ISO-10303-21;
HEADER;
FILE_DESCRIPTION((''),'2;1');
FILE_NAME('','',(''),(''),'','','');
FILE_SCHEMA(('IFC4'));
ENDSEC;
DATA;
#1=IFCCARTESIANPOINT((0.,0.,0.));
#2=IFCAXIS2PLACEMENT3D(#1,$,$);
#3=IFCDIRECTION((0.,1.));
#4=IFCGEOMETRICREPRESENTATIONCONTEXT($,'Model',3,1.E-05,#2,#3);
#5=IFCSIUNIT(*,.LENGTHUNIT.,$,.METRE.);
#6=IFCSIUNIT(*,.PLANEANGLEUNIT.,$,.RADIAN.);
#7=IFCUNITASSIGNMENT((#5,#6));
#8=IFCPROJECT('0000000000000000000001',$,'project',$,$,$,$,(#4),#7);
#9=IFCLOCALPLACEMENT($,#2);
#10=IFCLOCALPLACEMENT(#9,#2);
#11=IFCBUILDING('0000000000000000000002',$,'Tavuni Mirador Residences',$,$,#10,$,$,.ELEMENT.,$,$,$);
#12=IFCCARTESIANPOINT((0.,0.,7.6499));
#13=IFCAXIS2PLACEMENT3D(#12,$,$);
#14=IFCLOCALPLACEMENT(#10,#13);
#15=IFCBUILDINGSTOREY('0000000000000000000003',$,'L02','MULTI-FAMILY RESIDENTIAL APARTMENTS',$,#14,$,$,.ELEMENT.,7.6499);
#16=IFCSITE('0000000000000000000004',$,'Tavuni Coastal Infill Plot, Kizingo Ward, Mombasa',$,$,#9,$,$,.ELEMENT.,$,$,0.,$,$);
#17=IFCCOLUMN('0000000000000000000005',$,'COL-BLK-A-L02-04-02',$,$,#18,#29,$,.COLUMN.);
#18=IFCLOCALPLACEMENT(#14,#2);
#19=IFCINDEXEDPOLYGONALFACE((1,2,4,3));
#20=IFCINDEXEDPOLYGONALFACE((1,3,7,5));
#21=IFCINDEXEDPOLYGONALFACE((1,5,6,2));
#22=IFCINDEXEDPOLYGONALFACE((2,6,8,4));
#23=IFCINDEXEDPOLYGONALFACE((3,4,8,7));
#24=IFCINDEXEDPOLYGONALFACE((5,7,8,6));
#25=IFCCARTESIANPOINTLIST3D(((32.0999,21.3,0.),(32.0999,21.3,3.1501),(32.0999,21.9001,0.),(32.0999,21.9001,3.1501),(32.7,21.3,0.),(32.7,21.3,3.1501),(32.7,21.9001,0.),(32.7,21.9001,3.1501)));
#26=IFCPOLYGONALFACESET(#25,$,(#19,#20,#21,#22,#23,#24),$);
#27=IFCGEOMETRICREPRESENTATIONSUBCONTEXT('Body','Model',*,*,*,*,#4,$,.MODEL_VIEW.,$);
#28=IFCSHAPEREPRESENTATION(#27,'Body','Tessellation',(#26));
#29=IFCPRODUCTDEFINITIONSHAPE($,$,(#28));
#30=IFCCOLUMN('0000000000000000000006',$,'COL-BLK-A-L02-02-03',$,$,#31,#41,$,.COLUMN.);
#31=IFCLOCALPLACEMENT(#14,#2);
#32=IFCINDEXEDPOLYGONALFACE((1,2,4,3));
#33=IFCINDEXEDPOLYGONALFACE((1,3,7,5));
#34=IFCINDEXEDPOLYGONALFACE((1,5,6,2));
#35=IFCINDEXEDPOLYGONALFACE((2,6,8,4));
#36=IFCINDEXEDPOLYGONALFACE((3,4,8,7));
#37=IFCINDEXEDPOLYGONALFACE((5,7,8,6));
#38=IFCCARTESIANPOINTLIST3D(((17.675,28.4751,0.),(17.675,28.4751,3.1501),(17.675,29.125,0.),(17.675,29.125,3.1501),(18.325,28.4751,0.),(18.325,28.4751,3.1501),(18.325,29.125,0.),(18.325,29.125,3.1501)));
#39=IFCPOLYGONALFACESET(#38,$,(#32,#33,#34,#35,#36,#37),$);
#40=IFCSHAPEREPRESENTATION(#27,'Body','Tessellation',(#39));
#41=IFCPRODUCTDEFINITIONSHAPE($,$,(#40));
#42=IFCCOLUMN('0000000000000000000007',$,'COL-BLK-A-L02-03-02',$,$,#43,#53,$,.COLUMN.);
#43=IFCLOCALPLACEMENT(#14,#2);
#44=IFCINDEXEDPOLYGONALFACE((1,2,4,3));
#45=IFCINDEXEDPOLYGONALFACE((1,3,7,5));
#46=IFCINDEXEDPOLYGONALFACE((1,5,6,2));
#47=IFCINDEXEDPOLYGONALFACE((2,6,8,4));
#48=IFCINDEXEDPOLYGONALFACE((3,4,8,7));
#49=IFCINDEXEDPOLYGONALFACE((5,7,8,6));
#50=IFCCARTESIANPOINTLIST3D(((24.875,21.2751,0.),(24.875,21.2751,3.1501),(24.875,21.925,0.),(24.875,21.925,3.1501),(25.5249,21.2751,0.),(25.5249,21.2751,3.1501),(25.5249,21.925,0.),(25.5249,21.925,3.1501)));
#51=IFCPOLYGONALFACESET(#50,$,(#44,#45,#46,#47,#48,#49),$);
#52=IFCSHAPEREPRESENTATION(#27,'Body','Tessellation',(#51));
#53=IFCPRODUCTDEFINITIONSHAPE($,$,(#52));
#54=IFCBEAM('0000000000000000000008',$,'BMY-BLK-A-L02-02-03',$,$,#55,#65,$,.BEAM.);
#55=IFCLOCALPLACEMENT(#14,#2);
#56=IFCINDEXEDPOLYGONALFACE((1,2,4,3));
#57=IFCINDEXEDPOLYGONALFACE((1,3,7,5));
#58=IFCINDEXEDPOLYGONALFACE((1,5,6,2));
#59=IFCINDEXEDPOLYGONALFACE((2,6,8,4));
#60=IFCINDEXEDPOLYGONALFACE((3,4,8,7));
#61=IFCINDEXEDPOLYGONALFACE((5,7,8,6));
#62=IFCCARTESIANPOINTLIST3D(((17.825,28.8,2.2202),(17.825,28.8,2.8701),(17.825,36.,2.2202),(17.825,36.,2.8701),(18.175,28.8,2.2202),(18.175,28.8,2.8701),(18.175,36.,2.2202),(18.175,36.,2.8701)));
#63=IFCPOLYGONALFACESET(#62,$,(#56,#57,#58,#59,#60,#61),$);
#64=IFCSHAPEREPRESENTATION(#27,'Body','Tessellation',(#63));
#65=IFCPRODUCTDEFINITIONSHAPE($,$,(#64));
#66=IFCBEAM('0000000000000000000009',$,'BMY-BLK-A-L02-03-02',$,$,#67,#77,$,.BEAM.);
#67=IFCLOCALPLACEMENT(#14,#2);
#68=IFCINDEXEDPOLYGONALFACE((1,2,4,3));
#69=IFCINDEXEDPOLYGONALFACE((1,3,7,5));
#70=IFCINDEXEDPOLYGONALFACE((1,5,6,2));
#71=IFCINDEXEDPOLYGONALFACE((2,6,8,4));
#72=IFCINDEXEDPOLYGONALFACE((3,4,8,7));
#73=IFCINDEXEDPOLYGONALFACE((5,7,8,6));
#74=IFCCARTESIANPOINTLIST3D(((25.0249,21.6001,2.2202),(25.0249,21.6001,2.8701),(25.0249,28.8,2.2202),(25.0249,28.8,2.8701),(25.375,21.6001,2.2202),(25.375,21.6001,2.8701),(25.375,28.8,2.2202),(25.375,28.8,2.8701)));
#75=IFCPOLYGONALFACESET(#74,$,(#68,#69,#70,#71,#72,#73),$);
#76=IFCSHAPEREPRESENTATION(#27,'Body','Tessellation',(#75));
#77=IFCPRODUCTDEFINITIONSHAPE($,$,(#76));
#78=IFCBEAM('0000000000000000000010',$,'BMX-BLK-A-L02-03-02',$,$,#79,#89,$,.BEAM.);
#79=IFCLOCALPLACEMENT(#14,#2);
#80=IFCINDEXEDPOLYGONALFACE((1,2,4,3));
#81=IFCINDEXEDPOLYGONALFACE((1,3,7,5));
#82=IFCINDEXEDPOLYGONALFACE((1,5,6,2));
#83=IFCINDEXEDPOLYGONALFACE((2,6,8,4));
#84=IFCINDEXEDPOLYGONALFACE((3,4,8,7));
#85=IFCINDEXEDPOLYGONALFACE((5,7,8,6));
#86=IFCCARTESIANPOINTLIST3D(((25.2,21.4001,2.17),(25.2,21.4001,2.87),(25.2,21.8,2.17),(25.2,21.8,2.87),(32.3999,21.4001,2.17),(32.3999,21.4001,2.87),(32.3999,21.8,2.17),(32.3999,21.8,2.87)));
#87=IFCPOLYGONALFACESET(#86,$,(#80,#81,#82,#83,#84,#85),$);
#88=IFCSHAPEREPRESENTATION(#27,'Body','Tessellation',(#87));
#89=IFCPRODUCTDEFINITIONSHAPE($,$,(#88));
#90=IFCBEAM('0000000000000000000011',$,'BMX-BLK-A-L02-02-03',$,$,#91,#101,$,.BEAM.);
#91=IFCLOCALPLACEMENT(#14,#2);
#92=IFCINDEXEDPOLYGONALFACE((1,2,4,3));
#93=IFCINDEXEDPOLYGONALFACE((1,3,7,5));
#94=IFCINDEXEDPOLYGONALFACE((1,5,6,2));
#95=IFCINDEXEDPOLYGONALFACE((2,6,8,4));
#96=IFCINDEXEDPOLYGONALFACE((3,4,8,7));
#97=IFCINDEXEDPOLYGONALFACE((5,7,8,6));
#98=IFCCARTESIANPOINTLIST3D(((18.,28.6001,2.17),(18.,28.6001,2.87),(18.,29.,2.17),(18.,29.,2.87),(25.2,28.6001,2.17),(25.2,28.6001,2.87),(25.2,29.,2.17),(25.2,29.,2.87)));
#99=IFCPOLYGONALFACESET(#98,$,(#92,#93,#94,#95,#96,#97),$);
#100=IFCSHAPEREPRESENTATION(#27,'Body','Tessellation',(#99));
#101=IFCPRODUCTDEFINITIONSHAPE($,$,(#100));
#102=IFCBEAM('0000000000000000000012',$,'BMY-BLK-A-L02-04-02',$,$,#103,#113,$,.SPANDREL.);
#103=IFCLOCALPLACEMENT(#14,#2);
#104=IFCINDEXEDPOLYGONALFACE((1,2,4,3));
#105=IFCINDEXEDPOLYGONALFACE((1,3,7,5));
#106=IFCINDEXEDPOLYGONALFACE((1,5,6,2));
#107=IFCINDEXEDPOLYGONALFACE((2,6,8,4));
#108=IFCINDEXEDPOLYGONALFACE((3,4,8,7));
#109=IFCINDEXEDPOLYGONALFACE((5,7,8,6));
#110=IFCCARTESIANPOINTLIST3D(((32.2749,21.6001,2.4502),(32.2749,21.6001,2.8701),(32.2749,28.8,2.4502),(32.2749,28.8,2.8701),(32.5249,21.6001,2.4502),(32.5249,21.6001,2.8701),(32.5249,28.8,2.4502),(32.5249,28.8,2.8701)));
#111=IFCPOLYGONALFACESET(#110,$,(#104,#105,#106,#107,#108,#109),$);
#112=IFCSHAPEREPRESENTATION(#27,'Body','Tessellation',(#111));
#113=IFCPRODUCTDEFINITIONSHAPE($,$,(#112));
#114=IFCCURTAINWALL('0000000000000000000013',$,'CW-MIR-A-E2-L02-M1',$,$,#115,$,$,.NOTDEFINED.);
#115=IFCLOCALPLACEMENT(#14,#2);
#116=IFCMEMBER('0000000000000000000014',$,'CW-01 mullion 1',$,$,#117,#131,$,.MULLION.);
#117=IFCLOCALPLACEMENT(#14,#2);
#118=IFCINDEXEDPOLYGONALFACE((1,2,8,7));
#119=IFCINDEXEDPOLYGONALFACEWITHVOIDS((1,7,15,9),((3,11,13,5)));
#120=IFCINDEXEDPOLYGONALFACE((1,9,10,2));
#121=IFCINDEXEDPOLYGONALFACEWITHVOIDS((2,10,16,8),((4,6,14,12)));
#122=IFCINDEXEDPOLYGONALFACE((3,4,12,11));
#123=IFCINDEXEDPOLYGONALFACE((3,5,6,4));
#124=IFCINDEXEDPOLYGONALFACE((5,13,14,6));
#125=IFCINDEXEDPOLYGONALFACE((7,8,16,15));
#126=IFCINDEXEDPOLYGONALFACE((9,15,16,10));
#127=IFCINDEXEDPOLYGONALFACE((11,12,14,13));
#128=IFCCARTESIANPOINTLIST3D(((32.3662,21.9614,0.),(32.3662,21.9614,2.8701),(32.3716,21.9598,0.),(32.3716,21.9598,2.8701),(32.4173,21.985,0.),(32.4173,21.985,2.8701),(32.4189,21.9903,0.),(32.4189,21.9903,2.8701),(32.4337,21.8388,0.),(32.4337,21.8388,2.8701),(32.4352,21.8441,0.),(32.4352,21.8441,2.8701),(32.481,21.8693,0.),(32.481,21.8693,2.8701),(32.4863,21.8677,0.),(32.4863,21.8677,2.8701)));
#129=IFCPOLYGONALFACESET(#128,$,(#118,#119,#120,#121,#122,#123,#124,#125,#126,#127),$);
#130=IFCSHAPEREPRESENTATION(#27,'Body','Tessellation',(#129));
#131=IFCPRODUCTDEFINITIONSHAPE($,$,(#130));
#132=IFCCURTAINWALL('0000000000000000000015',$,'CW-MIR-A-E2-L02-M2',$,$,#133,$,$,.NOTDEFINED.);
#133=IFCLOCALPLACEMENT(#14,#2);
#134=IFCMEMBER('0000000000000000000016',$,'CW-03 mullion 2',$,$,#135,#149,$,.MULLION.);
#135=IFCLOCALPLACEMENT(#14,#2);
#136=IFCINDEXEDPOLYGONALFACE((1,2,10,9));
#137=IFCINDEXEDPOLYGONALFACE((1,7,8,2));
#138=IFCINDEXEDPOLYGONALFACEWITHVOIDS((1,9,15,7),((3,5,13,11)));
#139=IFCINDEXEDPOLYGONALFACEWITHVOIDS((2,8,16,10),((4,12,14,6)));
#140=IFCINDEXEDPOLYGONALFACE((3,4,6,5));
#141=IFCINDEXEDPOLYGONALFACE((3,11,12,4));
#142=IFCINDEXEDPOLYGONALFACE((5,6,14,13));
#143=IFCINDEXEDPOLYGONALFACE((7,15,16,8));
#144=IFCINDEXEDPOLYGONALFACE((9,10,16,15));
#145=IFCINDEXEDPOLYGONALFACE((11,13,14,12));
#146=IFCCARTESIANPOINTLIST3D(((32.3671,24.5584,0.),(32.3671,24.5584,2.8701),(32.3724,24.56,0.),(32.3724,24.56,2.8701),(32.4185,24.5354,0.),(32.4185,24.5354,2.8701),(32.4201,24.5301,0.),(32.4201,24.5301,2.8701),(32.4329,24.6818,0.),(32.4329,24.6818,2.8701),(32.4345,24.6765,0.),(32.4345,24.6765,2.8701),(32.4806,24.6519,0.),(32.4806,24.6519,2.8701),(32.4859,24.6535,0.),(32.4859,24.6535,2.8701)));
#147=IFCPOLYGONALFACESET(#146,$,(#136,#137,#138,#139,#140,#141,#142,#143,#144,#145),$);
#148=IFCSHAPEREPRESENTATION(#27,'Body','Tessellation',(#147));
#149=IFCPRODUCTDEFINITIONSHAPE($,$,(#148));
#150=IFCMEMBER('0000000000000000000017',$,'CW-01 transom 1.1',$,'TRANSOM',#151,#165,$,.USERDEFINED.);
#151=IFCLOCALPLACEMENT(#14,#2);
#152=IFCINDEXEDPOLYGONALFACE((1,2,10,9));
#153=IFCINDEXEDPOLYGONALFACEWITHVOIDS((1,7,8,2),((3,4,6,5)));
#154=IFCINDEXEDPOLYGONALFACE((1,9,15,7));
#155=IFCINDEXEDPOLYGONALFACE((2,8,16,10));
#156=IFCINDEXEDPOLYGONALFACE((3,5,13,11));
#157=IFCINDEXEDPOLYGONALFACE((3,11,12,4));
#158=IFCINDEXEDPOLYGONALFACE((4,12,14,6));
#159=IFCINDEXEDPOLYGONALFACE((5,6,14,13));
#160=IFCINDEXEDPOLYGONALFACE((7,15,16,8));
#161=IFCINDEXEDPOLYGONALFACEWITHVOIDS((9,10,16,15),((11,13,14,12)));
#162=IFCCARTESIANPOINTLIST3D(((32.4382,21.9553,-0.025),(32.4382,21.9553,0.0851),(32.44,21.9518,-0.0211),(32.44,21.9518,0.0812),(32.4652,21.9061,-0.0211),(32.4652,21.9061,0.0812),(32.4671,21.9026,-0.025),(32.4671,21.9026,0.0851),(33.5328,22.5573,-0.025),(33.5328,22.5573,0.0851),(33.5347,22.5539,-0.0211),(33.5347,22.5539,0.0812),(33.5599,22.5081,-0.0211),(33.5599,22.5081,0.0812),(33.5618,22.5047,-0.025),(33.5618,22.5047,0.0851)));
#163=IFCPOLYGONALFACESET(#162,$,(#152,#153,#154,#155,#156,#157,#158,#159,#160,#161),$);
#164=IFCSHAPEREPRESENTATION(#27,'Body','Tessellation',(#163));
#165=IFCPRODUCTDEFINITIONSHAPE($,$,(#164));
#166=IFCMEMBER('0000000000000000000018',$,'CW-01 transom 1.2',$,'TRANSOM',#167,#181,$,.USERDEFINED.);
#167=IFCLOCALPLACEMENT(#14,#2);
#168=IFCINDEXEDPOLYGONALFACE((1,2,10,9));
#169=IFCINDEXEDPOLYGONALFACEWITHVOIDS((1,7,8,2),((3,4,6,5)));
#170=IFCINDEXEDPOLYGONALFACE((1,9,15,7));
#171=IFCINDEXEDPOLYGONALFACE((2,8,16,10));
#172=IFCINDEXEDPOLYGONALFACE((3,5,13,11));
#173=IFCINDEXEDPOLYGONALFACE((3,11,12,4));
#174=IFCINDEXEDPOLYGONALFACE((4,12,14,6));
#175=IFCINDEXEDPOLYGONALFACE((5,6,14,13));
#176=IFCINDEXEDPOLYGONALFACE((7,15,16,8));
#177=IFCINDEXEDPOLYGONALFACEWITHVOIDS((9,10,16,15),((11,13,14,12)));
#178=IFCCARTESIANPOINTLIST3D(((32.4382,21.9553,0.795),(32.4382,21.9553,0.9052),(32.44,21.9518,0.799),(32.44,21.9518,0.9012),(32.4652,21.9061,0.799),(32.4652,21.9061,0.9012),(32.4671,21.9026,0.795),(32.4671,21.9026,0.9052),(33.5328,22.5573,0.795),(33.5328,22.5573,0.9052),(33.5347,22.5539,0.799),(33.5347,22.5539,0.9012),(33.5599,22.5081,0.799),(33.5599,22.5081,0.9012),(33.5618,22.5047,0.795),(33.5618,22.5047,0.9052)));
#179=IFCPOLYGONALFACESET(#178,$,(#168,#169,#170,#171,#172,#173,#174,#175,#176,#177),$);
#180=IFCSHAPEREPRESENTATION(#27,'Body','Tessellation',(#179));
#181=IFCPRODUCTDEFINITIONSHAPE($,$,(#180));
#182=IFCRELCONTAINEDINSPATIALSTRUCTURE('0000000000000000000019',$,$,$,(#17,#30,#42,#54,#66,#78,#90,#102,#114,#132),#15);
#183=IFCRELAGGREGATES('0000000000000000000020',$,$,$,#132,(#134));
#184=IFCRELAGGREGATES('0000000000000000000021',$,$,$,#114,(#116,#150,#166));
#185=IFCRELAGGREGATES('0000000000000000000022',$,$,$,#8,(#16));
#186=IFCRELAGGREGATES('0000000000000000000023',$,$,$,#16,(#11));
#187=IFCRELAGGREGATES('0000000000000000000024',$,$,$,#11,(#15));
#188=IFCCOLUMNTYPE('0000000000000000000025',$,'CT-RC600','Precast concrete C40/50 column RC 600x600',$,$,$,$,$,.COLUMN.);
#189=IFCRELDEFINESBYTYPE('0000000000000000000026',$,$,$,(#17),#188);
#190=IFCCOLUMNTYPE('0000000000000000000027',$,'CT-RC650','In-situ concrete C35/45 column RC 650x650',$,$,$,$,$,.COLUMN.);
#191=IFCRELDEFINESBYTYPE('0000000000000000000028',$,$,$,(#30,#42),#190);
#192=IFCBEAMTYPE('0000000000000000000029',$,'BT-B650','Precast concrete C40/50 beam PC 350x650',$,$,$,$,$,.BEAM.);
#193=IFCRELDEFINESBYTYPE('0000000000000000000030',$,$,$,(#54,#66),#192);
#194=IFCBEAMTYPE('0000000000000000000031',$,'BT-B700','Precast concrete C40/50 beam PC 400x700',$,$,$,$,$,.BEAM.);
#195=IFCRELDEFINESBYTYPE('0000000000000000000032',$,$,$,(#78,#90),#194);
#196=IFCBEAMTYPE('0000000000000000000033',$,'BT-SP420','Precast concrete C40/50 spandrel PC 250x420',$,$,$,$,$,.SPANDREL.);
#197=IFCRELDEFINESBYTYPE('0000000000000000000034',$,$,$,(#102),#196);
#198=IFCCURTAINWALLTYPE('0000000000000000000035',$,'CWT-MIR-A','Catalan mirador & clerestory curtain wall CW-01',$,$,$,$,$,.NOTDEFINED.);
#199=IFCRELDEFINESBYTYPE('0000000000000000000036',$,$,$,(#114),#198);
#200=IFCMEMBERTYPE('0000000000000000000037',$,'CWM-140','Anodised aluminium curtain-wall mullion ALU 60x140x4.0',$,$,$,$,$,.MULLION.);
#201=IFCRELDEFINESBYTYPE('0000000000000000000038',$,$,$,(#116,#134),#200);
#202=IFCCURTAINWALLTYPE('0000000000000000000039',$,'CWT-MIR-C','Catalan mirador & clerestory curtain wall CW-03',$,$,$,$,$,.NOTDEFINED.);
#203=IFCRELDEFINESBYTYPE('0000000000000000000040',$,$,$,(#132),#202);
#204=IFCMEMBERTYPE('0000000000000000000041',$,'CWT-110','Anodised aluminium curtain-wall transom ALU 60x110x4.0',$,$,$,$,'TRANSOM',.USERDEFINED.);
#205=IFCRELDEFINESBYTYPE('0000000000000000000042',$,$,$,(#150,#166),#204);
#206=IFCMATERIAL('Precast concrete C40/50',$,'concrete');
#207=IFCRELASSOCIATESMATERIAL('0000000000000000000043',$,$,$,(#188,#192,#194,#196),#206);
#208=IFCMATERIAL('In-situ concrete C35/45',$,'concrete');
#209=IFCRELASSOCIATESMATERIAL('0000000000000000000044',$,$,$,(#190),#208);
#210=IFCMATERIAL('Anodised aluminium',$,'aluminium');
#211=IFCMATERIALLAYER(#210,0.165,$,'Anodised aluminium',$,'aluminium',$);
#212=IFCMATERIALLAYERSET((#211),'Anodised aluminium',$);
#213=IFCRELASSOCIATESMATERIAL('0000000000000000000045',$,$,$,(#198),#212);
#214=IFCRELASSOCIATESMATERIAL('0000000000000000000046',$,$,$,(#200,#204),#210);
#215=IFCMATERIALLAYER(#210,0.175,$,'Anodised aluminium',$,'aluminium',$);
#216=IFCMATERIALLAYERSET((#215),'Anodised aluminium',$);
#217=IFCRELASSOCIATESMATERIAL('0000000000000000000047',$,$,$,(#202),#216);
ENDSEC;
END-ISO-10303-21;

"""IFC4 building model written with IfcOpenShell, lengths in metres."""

from ifc_helpers import new_model, si_unit, direction, frame, origin, origin_2d, place, context, subcontext, project, spatial, rectangle, hollow_rectangle, extrude, material, layer, layer_set, material_profile, profile_set, type_object, element, aggregate, save


model = new_model("IFC4")

# Units and contexts
model_context = context("Model", 3, precision=1e-05, world=origin(), true_north=direction((0.0, 1.0)))
body_context = subcontext(model_context, "Body", "Model", "MODEL_VIEW")
ifc_project = project(units=[si_unit("LENGTHUNIT", "METRE"), si_unit("PLANEANGLEUNIT", "RADIAN")], contexts=[model_context])

# Site, building, storey
site_placement = place(None, origin())
site = spatial("IfcSite", under=ifc_project, at=site_placement, Name="Tavuni Coastal Infill Plot, Kizingo Ward, Mombasa", CompositionType="ELEMENT", RefElevation=0.0)
building_placement = place(site_placement, origin())
building = spatial("IfcBuilding", under=site, at=building_placement, Name="Tavuni Mirador Residences", CompositionType="ELEMENT")
storey_placement = place(building_placement, frame((0.0, 0.0, 7.6499)))
storey = spatial("IfcBuildingStorey", under=building, at=storey_placement, Name="L02", Description="MULTI-FAMILY RESIDENTIAL APARTMENTS", CompositionType="ELEMENT", Elevation=7.6499)

# Columns
ifc_material_1 = material(Name="Precast concrete C40/50", Category="concrete")
ifc_material_profile_1 = material_profile(ifc_material_1, rectangle(XDim=0.6001, YDim=0.6001, at=origin_2d()), Name="RC 600x600", Category="concrete")
ifc_profile_set_1 = profile_set([ifc_material_profile_1], Name="Precast concrete C40/50")
column_type_1 = type_object("IfcColumnType", Name="CT-RC600", Description="Precast concrete C40/50 column RC 600x600", PredefinedType="COLUMN", material=ifc_profile_set_1)
column_placement = place(storey_placement, frame((32.3999, 21.6001, 0.0), z_axis=(0.0, 0.0, 1.0), x_axis=(1.0, 0.0, 0.0)))
element("IfcColumn", 1, at=column_placement, inside=storey, type_object=column_type_1, Name="COL-BLK-A-L02-04-02", PredefinedType="COLUMN", context=body_context, shape_type="SweptSolid", body=[
    extrude(rectangle(XDim=0.6001, YDim=0.6001, at=origin_2d()), origin(), (0.0, 0.0, 1.0), 3.1501),
])
ifc_material_2 = material(Name="In-situ concrete C35/45", Category="concrete")
ifc_material_profile_2 = material_profile(ifc_material_2, rectangle(XDim=0.6499, YDim=0.6499, at=origin_2d()), Name="RC 650x650", Category="concrete")
ifc_profile_set_2 = profile_set([ifc_material_profile_2], Name="In-situ concrete C35/45")
column_type_2 = type_object("IfcColumnType", Name="CT-RC650", Description="In-situ concrete C35/45 column RC 650x650", PredefinedType="COLUMN", material=ifc_profile_set_2)
for number, where, z_axis, x_axis, name in (
    (2, (18.0, 28.8, 0.0), (0.0, 0.0, 1.0), (1.0, 0.0, 0.0), "COL-BLK-A-L02-02-03"),
    (3, (25.2, 21.6001, 0.0), (0.0, 0.0, 1.0), (1.0, 0.0, 0.0), "COL-BLK-A-L02-03-02"),
):
    element("IfcColumn", number, at=place(storey_placement, frame(where, z_axis=z_axis, x_axis=x_axis)), inside=storey, type_object=column_type_2, Name=name, PredefinedType="COLUMN", context=body_context, shape_type="SweptSolid", body=[
        extrude(rectangle(XDim=0.6499, YDim=0.6499, at=origin_2d()), origin(), (0.0, 0.0, 1.0), 3.1501),
    ])

# Beams
ifc_material_profile_3 = material_profile(ifc_material_1, rectangle(XDim=0.3501, YDim=0.6499, at=origin_2d()), Name="PC 350x650", Category="concrete")
ifc_profile_set_3 = profile_set([ifc_material_profile_3], Name="Precast concrete C40/50")
beam_type_1 = type_object("IfcBeamType", Name="BT-B650", Description="Precast concrete C40/50 beam PC 350x650", PredefinedType="BEAM", material=ifc_profile_set_3)
for number, where, z_axis, x_axis, name in (
    (4, (18.0, 28.8, 2.5452), (0.0, 1.0, 0.0), (-1.0, 0.0, 0.0), "BMY-BLK-A-L02-02-03"),
    (5, (25.2, 21.6001, 2.5452), (0.0, 1.0, 0.0), (-1.0, 0.0, 0.0), "BMY-BLK-A-L02-03-02"),
):
    element("IfcBeam", number, at=place(storey_placement, frame(where, z_axis=z_axis, x_axis=x_axis)), inside=storey, type_object=beam_type_1, Name=name, PredefinedType="BEAM", context=body_context, shape_type="SweptSolid", body=[
        extrude(rectangle(XDim=0.3501, YDim=0.6499, at=origin_2d()), origin(), (0.0, 0.0, 1.0), 7.2),
    ])
ifc_material_profile_4 = material_profile(ifc_material_1, rectangle(XDim=0.3999, YDim=0.7, at=origin_2d()), Name="PC 400x700", Category="concrete")
ifc_profile_set_4 = profile_set([ifc_material_profile_4], Name="Precast concrete C40/50")
beam_type_2 = type_object("IfcBeamType", Name="BT-B700", Description="Precast concrete C40/50 beam PC 400x700", PredefinedType="BEAM", material=ifc_profile_set_4)
for number, where, z_axis, x_axis, name in (
    (6, (25.2, 21.6001, 2.52), (1.0, 0.0, 0.0), (0.0, 1.0, 0.0), "BMX-BLK-A-L02-03-02"),
    (7, (18.0, 28.8, 2.52), (1.0, 0.0, 0.0), (0.0, 1.0, 0.0), "BMX-BLK-A-L02-02-03"),
):
    element("IfcBeam", number, at=place(storey_placement, frame(where, z_axis=z_axis, x_axis=x_axis)), inside=storey, type_object=beam_type_2, Name=name, PredefinedType="BEAM", context=body_context, shape_type="SweptSolid", body=[
        extrude(rectangle(XDim=0.3999, YDim=0.7, at=origin_2d()), origin(), (0.0, 0.0, 1.0), 7.2),
    ])
ifc_material_profile_5 = material_profile(ifc_material_1, rectangle(XDim=0.25, YDim=0.4199, at=origin_2d()), Name="PC 250x420", Category="concrete")
ifc_profile_set_5 = profile_set([ifc_material_profile_5], Name="Precast concrete C40/50")
beam_type_3 = type_object("IfcBeamType", Name="BT-SP420", Description="Precast concrete C40/50 spandrel PC 250x420", PredefinedType="SPANDREL", material=ifc_profile_set_5)
beam_placement = place(storey_placement, frame((32.3999, 21.6001, 2.6602), z_axis=(0.0, 1.0, 0.0), x_axis=(-1.0, 0.0, 0.0)))
element("IfcBeam", 8, at=beam_placement, inside=storey, type_object=beam_type_3, Name="BMY-BLK-A-L02-04-02", PredefinedType="SPANDREL", context=body_context, shape_type="SweptSolid", body=[
    extrude(rectangle(XDim=0.25, YDim=0.4199, at=origin_2d()), origin(), (0.0, 0.0, 1.0), 7.2),
])

# Curtain walls, members
ifc_material_3 = material(Name="Anodised aluminium", Category="aluminium")
ifc_layer_1 = layer(ifc_material_3, 0.165, Name="Anodised aluminium", Category="aluminium")
ifc_layer_set_1 = layer_set([ifc_layer_1], Name="Anodised aluminium")
curtain_wall_type_1 = type_object("IfcCurtainWallType", Name="CWT-MIR-A", Description="Catalan mirador & clerestory curtain wall CW-01", PredefinedType="NOTDEFINED", material=ifc_layer_set_1)
curtain_wall_1_placement = place(storey_placement, origin())
curtain_wall_1 = element("IfcCurtainWall", 9, at=curtain_wall_1_placement, inside=storey, type_object=curtain_wall_type_1, Name="CW-MIR-A-E2-L02-M1", PredefinedType="NOTDEFINED")
ifc_material_profile_6 = material_profile(ifc_material_3, hollow_rectangle(XDim=0.0601, YDim=0.1399, WallThickness=0.0039, at=origin_2d()), Name="ALU 60x140x4.0", Category="aluminium")
ifc_profile_set_6 = profile_set([ifc_material_profile_6], Name="Anodised aluminium")
member_type_1 = type_object("IfcMemberType", Name="CWM-140", Description="Anodised aluminium curtain-wall mullion ALU 60x140x4.0", PredefinedType="MULLION", material=ifc_profile_set_6)
member_1_placement = place(storey_placement, frame((32.4263, 21.9146, 0.0), z_axis=(0.0, 0.0, 1.0), x_axis=(0.876216, 0.481919, 0.0)))
member_1 = element("IfcMember", 10, at=member_1_placement, type_object=member_type_1, Name="CW-01 mullion 1", PredefinedType="MULLION", context=body_context, shape_type="SweptSolid", body=[
    extrude(hollow_rectangle(XDim=0.0601, YDim=0.1399, WallThickness=0.0039, at=origin_2d()), origin(), (0.0, 0.0, 1.0), 2.8701),
])
ifc_layer_2 = layer(ifc_material_3, 0.175, Name="Anodised aluminium", Category="aluminium")
ifc_layer_set_2 = layer_set([ifc_layer_2], Name="Anodised aluminium")
curtain_wall_type_2 = type_object("IfcCurtainWallType", Name="CWT-MIR-C", Description="Catalan mirador & clerestory curtain wall CW-03", PredefinedType="NOTDEFINED", material=ifc_layer_set_2)
curtain_wall_2_placement = place(storey_placement, origin())
curtain_wall_2 = element("IfcCurtainWall", 11, at=curtain_wall_2_placement, inside=storey, type_object=curtain_wall_type_2, Name="CW-MIR-A-E2-L02-M2", PredefinedType="NOTDEFINED")
member_2_placement = place(storey_placement, frame((32.4265, 24.606, 0.0), z_axis=(0.0, 0.0, 1.0), x_axis=(-0.882353, 0.470588, 0.0)))
member_2 = element("IfcMember", 12, at=member_2_placement, type_object=member_type_1, Name="CW-03 mullion 2", PredefinedType="MULLION", context=body_context, shape_type="SweptSolid", body=[
    extrude(hollow_rectangle(XDim=0.0601, YDim=0.1399, WallThickness=0.0039, at=origin_2d()), origin(), (0.0, 0.0, 1.0), 2.8701),
])
aggregate(curtain_wall_2, [member_2])

# Members
ifc_material_profile_7 = material_profile(ifc_material_3, hollow_rectangle(XDim=0.0601, YDim=0.1101, WallThickness=0.0039, at=origin_2d()), Name="ALU 60x110x4.0", Category="aluminium")
ifc_profile_set_7 = profile_set([ifc_material_profile_7], Name="Anodised aluminium")
member_type_2 = type_object("IfcMemberType", Name="CWT-110", Description="Anodised aluminium curtain-wall transom ALU 60x110x4.0", ElementType="TRANSOM", PredefinedType="USERDEFINED", material=ifc_profile_set_7)
member_3_placement = place(storey_placement, frame((32.4526, 21.929, 0.03), z_axis=(0.876232, 0.481889, 0.0), x_axis=(-0.481889, 0.876232, 0.0)))
member_3 = element("IfcMember", 13, at=member_3_placement, type_object=member_type_2, Name="CW-01 transom 1.1", ObjectType="TRANSOM", PredefinedType="USERDEFINED", context=body_context, shape_type="SweptSolid", body=[
    extrude(hollow_rectangle(XDim=0.0601, YDim=0.1101, WallThickness=0.0039, at=origin_2d()), origin(), (0.0, 0.0, 1.0), 1.2493),
])
member_4_placement = place(storey_placement, frame((32.4526, 21.929, 0.8501), z_axis=(0.876232, 0.481889, 0.0), x_axis=(-0.481889, 0.876232, 0.0)))
member_4 = element("IfcMember", 14, at=member_4_placement, type_object=member_type_2, Name="CW-01 transom 1.2", ObjectType="TRANSOM", PredefinedType="USERDEFINED", context=body_context, shape_type="SweptSolid", body=[
    extrude(hollow_rectangle(XDim=0.0601, YDim=0.1101, WallThickness=0.0039, at=origin_2d()), origin(), (0.0, 0.0, 1.0), 1.2493),
])
aggregate(curtain_wall_1, [member_1, member_3, member_4])

save(model, "model.ifc")
